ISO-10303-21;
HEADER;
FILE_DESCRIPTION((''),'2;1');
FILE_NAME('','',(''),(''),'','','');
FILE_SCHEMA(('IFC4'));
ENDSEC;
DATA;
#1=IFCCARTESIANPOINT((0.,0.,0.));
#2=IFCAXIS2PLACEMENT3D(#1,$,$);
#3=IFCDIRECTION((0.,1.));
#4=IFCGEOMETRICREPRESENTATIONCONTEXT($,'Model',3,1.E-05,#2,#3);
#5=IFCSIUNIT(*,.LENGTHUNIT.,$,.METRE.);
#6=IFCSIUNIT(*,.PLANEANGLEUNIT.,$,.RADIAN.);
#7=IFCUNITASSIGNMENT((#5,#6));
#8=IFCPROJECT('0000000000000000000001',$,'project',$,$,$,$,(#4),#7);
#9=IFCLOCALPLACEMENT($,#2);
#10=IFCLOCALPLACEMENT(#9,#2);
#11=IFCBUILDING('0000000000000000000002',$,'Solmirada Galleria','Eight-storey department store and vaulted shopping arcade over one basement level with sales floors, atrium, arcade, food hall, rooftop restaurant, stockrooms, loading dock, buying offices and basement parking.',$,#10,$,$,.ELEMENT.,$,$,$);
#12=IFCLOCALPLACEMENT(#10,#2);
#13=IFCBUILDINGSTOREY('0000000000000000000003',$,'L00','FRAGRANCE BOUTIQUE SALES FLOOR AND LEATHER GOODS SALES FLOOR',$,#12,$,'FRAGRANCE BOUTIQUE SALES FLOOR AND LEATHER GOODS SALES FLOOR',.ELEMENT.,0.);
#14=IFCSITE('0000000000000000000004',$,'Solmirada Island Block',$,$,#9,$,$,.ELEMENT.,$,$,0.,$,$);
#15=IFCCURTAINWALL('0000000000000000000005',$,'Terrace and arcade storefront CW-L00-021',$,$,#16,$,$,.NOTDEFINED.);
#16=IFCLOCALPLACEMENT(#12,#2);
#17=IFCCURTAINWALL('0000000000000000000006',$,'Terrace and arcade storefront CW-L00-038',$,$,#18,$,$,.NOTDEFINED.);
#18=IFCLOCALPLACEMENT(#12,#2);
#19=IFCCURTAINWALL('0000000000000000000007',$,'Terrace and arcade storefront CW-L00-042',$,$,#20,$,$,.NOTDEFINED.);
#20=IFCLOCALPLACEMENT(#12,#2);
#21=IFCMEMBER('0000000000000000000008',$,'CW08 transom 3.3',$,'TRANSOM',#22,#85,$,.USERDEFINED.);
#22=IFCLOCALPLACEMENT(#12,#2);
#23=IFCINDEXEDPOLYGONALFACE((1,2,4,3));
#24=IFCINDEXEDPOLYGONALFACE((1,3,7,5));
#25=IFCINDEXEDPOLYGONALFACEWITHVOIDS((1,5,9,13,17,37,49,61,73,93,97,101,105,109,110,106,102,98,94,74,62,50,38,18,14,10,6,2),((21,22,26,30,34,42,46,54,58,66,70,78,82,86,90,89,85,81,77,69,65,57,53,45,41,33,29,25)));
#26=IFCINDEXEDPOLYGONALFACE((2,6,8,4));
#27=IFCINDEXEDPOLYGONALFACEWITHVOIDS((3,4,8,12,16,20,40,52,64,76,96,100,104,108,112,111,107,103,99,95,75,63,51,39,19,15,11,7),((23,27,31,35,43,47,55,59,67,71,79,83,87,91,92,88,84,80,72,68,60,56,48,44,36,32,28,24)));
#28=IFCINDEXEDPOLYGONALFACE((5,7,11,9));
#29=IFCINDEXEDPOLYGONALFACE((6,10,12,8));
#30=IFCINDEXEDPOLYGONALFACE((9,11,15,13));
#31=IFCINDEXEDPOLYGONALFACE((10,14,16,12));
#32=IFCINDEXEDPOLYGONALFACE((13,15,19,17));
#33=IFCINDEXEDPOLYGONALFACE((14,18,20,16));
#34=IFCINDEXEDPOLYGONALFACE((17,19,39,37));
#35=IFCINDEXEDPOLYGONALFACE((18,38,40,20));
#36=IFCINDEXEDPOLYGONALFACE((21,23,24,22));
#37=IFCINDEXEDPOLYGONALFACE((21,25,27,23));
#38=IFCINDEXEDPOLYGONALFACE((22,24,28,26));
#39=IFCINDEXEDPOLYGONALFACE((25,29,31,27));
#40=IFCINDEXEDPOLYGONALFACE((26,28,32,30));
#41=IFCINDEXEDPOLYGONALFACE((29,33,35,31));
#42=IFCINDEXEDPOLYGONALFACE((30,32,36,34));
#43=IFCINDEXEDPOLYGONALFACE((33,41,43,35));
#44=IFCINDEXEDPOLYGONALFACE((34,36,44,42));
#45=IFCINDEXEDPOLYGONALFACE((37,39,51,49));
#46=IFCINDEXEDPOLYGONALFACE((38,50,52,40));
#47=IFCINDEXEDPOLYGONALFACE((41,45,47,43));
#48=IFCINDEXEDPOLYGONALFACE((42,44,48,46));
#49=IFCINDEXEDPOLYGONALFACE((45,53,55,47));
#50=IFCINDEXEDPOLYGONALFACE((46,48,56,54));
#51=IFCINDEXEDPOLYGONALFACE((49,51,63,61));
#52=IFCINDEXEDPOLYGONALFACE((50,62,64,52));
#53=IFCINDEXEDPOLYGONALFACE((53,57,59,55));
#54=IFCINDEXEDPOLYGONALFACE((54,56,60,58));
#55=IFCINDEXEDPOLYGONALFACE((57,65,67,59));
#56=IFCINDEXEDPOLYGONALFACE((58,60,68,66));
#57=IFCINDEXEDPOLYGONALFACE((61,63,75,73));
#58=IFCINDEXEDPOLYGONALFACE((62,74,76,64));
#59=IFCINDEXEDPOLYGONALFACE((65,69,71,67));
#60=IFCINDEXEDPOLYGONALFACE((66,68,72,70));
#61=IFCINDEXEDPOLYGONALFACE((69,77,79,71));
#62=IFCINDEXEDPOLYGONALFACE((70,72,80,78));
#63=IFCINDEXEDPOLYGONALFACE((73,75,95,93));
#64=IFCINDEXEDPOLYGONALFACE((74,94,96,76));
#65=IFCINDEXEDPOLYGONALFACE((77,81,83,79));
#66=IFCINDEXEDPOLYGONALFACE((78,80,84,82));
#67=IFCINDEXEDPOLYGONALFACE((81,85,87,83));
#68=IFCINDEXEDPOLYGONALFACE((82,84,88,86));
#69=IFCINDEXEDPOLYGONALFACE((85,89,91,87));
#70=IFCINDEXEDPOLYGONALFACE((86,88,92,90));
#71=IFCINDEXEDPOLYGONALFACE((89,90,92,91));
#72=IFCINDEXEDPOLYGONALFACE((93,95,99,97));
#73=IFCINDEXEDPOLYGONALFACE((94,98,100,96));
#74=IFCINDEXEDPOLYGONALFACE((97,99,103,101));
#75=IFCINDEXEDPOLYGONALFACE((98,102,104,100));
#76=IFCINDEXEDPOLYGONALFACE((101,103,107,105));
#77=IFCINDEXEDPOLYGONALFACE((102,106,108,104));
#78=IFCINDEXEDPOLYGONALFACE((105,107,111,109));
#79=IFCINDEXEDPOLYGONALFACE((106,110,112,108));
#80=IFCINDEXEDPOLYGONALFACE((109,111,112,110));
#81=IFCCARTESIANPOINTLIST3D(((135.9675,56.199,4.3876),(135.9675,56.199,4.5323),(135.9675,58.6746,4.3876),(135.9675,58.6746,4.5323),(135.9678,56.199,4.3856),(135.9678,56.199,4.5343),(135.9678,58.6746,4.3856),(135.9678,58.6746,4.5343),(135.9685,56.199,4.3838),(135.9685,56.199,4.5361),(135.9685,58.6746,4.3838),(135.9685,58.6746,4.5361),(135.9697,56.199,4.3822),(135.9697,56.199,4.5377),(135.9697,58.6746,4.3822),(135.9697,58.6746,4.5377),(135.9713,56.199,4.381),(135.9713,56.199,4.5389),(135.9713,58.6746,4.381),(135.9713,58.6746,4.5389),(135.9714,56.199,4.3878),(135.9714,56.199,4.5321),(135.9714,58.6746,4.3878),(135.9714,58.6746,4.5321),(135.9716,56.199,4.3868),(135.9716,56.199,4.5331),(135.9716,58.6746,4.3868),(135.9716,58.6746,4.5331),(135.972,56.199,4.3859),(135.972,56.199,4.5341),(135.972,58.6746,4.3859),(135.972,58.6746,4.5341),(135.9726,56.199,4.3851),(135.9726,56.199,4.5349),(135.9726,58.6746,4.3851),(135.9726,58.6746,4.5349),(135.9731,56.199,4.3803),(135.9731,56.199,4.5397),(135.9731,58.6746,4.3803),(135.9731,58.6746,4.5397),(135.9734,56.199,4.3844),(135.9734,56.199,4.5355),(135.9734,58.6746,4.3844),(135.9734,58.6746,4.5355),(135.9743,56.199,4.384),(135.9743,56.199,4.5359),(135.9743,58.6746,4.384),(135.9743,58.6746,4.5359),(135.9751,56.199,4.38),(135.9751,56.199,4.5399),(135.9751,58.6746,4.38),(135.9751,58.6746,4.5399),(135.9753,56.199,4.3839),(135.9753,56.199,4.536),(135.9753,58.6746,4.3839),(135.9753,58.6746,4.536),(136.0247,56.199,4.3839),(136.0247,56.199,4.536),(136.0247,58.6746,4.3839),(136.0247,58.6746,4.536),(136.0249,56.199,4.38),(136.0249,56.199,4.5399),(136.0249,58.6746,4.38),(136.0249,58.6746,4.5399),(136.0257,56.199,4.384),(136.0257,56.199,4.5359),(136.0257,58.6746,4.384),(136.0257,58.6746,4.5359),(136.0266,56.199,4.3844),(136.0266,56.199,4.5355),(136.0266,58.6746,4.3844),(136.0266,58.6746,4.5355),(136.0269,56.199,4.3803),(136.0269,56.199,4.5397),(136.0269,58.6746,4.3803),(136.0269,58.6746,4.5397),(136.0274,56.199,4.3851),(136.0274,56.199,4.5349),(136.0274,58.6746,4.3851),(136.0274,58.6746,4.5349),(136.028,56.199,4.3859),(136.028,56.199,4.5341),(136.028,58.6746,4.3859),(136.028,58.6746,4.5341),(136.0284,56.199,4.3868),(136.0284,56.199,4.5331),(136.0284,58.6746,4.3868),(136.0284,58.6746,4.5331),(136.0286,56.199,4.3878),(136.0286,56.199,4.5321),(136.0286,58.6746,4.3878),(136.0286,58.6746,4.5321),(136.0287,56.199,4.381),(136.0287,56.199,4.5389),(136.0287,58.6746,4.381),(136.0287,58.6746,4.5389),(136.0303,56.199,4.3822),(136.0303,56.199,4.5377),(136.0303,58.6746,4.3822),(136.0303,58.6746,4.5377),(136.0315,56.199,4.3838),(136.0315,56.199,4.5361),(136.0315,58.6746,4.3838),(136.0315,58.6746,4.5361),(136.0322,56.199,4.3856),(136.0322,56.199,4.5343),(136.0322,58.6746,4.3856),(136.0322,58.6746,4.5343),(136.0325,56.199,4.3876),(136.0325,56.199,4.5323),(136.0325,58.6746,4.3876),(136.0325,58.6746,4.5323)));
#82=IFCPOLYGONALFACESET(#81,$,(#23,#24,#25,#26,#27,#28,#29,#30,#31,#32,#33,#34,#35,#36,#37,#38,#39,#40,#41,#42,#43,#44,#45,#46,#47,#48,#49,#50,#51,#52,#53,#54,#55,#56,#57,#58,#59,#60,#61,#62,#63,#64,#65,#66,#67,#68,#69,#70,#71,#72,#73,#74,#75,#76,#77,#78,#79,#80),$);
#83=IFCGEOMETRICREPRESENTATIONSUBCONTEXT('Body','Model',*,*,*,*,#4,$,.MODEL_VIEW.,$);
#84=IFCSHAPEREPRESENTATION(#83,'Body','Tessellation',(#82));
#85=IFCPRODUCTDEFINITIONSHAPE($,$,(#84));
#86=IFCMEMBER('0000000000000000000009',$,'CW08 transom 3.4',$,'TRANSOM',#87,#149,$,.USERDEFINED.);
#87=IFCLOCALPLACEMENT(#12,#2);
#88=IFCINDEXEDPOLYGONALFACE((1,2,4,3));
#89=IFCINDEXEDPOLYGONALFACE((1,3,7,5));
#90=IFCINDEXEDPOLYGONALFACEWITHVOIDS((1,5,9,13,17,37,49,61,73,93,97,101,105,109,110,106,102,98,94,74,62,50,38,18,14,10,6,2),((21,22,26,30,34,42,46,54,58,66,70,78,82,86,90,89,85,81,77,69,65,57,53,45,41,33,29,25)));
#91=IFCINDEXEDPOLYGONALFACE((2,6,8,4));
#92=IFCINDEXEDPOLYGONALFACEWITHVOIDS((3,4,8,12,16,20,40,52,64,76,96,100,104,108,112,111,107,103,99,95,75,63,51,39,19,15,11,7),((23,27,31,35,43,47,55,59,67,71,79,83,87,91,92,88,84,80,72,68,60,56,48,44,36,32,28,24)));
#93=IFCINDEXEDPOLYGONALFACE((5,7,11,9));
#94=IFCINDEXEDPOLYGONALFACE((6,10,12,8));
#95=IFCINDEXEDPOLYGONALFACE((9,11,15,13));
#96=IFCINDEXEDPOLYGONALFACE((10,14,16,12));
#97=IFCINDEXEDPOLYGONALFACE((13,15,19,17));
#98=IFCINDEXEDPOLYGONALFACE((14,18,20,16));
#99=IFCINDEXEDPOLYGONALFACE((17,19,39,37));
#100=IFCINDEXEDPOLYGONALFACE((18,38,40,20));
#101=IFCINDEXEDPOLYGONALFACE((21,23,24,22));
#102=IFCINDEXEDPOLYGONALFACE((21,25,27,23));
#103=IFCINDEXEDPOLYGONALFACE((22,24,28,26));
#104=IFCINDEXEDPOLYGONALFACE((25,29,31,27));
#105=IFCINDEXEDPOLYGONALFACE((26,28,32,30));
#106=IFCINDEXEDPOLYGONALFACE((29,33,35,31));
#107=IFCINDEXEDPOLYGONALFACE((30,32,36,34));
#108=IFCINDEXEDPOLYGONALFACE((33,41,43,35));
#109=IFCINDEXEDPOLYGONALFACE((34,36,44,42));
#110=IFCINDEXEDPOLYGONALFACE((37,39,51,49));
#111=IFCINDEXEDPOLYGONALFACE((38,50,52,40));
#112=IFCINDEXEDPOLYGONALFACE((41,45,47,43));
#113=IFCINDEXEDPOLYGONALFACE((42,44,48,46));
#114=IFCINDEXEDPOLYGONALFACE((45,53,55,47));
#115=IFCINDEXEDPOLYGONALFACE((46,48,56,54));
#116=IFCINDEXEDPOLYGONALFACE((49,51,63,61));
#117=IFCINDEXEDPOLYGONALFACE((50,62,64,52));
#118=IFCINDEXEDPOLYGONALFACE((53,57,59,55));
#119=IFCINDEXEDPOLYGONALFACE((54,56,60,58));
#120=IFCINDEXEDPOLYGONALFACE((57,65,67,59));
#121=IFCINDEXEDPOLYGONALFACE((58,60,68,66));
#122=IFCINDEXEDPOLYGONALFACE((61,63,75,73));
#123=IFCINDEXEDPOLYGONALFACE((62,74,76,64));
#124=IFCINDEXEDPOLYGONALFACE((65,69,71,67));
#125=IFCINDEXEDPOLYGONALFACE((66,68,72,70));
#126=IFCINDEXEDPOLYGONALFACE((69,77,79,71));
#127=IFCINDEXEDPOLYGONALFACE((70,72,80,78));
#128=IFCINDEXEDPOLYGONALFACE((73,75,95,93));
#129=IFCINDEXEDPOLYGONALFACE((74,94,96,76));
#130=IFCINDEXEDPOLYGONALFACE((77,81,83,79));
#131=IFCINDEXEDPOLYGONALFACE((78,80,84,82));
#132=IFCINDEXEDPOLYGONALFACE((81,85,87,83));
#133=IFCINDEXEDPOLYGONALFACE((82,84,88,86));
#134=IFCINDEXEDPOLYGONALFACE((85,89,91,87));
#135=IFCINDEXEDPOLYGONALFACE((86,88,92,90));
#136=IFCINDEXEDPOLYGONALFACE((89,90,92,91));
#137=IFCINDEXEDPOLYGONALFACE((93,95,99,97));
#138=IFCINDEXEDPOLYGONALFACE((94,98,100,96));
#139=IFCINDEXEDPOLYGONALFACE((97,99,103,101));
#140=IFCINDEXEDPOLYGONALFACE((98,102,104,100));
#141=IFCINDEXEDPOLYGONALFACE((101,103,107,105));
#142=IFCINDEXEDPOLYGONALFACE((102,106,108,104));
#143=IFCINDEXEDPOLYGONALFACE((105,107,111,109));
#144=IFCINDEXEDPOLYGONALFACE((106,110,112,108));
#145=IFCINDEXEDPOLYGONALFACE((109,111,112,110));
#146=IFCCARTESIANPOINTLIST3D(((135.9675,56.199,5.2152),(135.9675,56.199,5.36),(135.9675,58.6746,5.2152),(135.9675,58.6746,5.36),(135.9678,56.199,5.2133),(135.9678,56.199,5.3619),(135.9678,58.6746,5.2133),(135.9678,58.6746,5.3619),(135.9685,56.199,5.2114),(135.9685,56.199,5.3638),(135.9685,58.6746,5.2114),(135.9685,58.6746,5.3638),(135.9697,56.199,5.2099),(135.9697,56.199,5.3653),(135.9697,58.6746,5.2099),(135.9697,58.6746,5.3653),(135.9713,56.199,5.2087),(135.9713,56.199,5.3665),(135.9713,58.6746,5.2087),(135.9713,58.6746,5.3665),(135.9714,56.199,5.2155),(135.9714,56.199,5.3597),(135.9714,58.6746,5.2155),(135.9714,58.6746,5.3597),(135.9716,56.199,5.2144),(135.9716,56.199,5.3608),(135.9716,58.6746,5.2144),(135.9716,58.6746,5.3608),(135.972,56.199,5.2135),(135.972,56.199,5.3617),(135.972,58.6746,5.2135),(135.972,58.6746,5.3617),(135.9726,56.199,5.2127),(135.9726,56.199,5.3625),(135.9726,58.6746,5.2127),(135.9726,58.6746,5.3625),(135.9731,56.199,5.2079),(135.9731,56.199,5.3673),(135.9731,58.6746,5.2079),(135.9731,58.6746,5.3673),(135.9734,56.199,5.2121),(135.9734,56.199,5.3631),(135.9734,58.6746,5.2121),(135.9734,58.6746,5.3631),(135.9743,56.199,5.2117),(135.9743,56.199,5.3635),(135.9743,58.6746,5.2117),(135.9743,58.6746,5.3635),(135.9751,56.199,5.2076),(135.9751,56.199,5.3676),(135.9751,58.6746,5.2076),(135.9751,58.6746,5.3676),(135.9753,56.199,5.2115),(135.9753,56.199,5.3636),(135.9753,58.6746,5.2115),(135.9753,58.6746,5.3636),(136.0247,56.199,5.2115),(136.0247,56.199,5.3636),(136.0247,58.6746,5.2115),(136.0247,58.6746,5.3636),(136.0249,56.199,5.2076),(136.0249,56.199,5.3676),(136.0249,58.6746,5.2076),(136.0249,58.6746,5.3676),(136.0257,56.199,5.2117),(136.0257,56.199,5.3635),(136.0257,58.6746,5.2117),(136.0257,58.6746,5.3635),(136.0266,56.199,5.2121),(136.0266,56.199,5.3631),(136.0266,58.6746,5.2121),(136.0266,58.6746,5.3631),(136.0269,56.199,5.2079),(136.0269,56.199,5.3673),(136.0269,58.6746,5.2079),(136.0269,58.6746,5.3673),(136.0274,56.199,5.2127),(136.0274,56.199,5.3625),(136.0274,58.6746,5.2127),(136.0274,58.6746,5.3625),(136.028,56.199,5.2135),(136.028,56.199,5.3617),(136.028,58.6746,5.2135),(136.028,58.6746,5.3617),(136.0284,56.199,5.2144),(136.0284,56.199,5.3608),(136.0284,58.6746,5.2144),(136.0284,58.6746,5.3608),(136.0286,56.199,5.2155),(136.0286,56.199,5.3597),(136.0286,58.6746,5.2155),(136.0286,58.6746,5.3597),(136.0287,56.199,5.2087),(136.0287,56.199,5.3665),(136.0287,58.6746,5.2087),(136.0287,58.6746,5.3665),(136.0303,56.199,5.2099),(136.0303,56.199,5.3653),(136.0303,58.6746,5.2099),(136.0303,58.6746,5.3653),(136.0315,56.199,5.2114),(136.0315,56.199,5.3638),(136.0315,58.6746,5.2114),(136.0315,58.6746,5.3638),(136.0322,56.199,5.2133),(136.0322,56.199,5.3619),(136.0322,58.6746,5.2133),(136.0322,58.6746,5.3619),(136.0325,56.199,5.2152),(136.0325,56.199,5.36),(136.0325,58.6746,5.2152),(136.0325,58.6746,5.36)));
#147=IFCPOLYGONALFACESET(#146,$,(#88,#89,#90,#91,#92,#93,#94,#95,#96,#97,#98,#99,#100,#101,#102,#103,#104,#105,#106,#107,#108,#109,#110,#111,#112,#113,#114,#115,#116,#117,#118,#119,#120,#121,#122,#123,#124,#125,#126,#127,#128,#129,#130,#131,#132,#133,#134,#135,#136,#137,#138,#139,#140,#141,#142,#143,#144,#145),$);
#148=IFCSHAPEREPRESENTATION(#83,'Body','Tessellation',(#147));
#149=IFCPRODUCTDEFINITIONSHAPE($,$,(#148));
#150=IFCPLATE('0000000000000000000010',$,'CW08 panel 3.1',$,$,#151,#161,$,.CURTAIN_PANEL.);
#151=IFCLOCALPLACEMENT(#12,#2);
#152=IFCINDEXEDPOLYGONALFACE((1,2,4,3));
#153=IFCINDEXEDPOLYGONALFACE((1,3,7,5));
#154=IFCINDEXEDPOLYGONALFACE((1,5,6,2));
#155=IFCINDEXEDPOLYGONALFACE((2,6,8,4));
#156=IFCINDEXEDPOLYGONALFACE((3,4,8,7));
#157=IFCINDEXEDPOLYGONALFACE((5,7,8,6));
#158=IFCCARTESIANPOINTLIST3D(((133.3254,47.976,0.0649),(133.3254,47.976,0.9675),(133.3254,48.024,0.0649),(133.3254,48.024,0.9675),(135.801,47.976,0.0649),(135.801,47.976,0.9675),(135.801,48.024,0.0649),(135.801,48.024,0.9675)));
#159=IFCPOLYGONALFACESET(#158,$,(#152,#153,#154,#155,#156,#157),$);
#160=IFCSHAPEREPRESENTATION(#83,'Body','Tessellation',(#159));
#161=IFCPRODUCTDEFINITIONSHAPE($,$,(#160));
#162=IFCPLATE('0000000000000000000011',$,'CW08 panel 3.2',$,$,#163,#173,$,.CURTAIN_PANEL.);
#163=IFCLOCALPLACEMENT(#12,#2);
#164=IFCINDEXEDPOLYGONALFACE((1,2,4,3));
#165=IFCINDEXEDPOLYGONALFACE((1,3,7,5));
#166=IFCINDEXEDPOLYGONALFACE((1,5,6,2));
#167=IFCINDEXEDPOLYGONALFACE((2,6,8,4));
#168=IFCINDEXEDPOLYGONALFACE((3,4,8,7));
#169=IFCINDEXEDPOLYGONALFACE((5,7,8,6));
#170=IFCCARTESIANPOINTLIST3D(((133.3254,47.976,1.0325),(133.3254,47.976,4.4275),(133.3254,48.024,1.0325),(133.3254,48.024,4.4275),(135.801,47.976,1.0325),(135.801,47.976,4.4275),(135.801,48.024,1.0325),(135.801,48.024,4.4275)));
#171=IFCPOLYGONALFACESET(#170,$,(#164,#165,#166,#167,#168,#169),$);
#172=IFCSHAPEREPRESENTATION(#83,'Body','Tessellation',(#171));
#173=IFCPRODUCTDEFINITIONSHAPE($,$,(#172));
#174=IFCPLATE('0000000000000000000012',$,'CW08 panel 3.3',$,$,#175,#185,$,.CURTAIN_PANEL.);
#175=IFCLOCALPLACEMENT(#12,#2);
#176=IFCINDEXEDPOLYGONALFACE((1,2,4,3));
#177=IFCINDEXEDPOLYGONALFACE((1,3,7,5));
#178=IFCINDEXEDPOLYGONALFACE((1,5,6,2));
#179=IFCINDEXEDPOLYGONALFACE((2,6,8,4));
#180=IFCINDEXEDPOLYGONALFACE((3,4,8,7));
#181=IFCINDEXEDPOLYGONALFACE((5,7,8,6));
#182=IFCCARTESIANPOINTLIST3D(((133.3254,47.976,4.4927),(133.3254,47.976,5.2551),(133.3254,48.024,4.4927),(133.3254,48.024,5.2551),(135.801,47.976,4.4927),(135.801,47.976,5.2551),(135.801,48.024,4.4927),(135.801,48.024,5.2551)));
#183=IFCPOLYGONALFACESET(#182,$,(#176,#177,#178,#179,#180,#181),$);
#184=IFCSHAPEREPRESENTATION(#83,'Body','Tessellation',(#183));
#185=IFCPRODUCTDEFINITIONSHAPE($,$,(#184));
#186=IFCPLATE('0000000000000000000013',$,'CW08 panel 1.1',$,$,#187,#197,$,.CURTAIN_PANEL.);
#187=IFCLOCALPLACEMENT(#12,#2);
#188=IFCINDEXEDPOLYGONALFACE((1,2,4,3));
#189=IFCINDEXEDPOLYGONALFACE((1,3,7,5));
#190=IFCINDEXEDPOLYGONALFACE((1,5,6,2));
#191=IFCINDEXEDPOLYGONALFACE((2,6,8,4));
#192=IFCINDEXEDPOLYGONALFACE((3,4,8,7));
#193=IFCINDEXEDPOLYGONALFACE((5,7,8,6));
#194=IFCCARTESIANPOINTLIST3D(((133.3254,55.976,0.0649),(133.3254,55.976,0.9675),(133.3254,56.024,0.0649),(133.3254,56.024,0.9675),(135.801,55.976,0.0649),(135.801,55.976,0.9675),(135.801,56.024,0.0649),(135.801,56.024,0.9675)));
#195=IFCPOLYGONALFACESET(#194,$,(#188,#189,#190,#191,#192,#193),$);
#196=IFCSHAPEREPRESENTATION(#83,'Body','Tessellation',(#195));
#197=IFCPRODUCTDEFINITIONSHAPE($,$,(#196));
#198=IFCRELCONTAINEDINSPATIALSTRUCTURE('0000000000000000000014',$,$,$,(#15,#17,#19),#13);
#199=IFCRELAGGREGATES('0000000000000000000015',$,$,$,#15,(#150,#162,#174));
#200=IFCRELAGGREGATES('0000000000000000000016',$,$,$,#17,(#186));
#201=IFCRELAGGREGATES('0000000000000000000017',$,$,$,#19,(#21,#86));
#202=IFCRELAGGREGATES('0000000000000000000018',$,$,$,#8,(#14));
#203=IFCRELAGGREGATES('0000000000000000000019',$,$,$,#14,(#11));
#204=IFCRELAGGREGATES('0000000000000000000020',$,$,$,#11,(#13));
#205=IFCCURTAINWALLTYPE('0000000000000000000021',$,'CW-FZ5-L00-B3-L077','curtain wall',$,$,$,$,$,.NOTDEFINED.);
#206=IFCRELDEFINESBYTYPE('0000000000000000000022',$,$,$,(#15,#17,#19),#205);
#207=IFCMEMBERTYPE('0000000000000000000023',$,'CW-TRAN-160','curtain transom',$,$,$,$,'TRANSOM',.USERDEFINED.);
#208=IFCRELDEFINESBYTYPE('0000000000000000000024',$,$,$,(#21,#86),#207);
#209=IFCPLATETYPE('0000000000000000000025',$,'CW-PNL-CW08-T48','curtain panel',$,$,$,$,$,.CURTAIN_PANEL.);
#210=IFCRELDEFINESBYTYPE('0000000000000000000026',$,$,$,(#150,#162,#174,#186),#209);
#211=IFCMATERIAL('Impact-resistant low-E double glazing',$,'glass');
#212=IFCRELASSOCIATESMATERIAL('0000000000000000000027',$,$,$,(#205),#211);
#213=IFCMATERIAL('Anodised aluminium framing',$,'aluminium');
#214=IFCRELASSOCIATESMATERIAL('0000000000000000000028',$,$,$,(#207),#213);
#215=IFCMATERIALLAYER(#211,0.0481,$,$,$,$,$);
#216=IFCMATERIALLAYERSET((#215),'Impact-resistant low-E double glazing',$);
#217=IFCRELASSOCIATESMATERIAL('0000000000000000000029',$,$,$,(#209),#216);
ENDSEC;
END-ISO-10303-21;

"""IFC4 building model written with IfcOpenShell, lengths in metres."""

from ifc_helpers import new_model, si_unit, direction, frame, origin, origin_2d, place, context, subcontext, project, spatial, rectangle, hollow_rectangle, extrude, material, layer, layer_set, material_profile, profile_set, type_object, element, aggregate, save


model = new_model("IFC4")

# Units and contexts
model_context = context("Model", 3, precision=1e-05, world=origin(), true_north=direction((0.0, 1.0)))
body_context = subcontext(model_context, "Body", "Model", "MODEL_VIEW")
ifc_project = project(units=[si_unit("LENGTHUNIT", "METRE"), si_unit("PLANEANGLEUNIT", "RADIAN")], contexts=[model_context])

# Site, building, storey
site_placement = place(None, origin())
site = spatial("IfcSite", under=ifc_project, at=site_placement, Name="Solmirada Island Block", CompositionType="ELEMENT", RefElevation=0.0)
building_placement = place(site_placement, origin())
building = spatial("IfcBuilding", under=site, at=building_placement, Name="Solmirada Galleria", Description="Eight-storey department store and vaulted shopping arcade over one basement level with sales floors, atrium, arcade, food hall, rooftop restaurant, stockrooms, loading dock, buying offices and basement parking.", CompositionType="ELEMENT")
storey_placement = place(building_placement, origin())
storey = spatial("IfcBuildingStorey", under=building, at=storey_placement, Name="L00", Description="FRAGRANCE BOUTIQUE SALES FLOOR AND LEATHER GOODS SALES FLOOR", LongName="FRAGRANCE BOUTIQUE SALES FLOOR AND LEATHER GOODS SALES FLOOR", CompositionType="ELEMENT", Elevation=0.0)

# Curtain walls
ifc_material_1 = material(Name="Impact-resistant low-E double glazing", Category="glass")
curtain_wall_type = type_object("IfcCurtainWallType", Name="CW-FZ5-L00-B3-L077", Description="curtain wall", PredefinedType="NOTDEFINED", material=ifc_material_1)
curtain_wall_1_placement = place(storey_placement, origin())
curtain_wall_1 = element("IfcCurtainWall", 1, at=curtain_wall_1_placement, inside=storey, type_object=curtain_wall_type, Name="Terrace and arcade storefront CW-L00-021", PredefinedType="NOTDEFINED")
ifc_material_2 = material(Name="Anodised aluminium framing", Category="aluminium")
curtain_wall_2_placement = place(storey_placement, origin())
curtain_wall_2 = element("IfcCurtainWall", 2, at=curtain_wall_2_placement, inside=storey, type_object=curtain_wall_type, Name="Terrace and arcade storefront CW-L00-038", PredefinedType="NOTDEFINED")
curtain_wall_3_placement = place(storey_placement, origin())
curtain_wall_3 = element("IfcCurtainWall", 3, at=curtain_wall_3_placement, inside=storey, type_object=curtain_wall_type, Name="Terrace and arcade storefront CW-L00-042", PredefinedType="NOTDEFINED")

# Members
ifc_material_profile_1 = material_profile(ifc_material_2, hollow_rectangle(XDim=0.0649, YDim=0.1599, WallThickness=0.0039, InnerFilletRadius=0.0039, OuterFilletRadius=0.0076, at=origin_2d()), Name="ALU-TRAN-160X65")
ifc_profile_set_1 = profile_set([ifc_material_profile_1], Name="Anodised aluminium framing")
member_type_1 = type_object("IfcMemberType", Name="CW-TRAN-160", Description="curtain transom", ElementType="TRANSOM", PredefinedType="USERDEFINED", material=ifc_profile_set_1)
member_1_placement = place(storey_placement, frame((136.0, 58.6746, 4.46), z_axis=(0.0, -1.0, 0.0), x_axis=(1.0, 0.0, 0.0)))
member_1 = element("IfcMember", 4, at=member_1_placement, type_object=member_type_1, Name="CW08 transom 3.3", ObjectType="TRANSOM", PredefinedType="USERDEFINED", context=body_context, shape_type="SweptSolid", body=[
    extrude(hollow_rectangle(XDim=0.0649, YDim=0.1599, WallThickness=0.0039, InnerFilletRadius=0.0039, OuterFilletRadius=0.0076, at=origin_2d()), origin(), (0.0, 0.0, 1.0), 2.4756),
])
member_2_placement = place(storey_placement, frame((136.0, 58.6746, 5.2876), z_axis=(0.0, -1.0, 0.0), x_axis=(1.0, 0.0, 0.0)))
member_2 = element("IfcMember", 5, at=member_2_placement, type_object=member_type_1, Name="CW08 transom 3.4", ObjectType="TRANSOM", PredefinedType="USERDEFINED", context=body_context, shape_type="SweptSolid", body=[
    extrude(hollow_rectangle(XDim=0.0649, YDim=0.1599, WallThickness=0.0039, InnerFilletRadius=0.0039, OuterFilletRadius=0.0076, at=origin_2d()), origin(), (0.0, 0.0, 1.0), 2.4756),
])

# Plates
ifc_layer_1 = layer(ifc_material_1, 0.0481)
ifc_layer_set_1 = layer_set([ifc_layer_1], Name="Impact-resistant low-E double glazing")
plate_type = type_object("IfcPlateType", Name="CW-PNL-CW08-T48", Description="curtain panel", PredefinedType="CURTAIN_PANEL", material=ifc_layer_set_1)
plate_1_placement = place(storey_placement, frame((134.5632, 48.0, 0.0649), z_axis=(0.0, 0.0, 1.0), x_axis=(1.0, 0.0, 0.0)))
plate_1 = element("IfcPlate", 6, at=plate_1_placement, type_object=plate_type, Name="CW08 panel 3.1", PredefinedType="CURTAIN_PANEL", context=body_context, shape_type="SweptSolid", body=[
    extrude(rectangle(XDim=2.4756, YDim=0.0481, at=origin_2d()), origin(), (0.0, 0.0, 1.0), 0.9026),
])
plate_2_placement = place(storey_placement, frame((134.5632, 48.0, 1.0325), z_axis=(0.0, 0.0, 1.0), x_axis=(1.0, 0.0, 0.0)))
plate_2 = element("IfcPlate", 7, at=plate_2_placement, type_object=plate_type, Name="CW08 panel 3.2", PredefinedType="CURTAIN_PANEL", context=body_context, shape_type="SweptSolid", body=[
    extrude(rectangle(XDim=2.4756, YDim=0.0481, at=origin_2d()), origin(), (0.0, 0.0, 1.0), 3.395),
])
plate_3_placement = place(storey_placement, frame((134.5632, 48.0, 4.4927), z_axis=(0.0, 0.0, 1.0), x_axis=(1.0, 0.0, 0.0)))
plate_3 = element("IfcPlate", 8, at=plate_3_placement, type_object=plate_type, Name="CW08 panel 3.3", PredefinedType="CURTAIN_PANEL", context=body_context, shape_type="SweptSolid", body=[
    extrude(rectangle(XDim=2.4756, YDim=0.0481, at=origin_2d()), origin(), (0.0, 0.0, 1.0), 0.7625),
])
aggregate(curtain_wall_1, [plate_1, plate_2, plate_3])
plate_4_placement = place(storey_placement, frame((134.5632, 56.0, 0.0649), z_axis=(0.0, 0.0, 1.0), x_axis=(-1.0, 0.0, 0.0)))
plate_4 = element("IfcPlate", 9, at=plate_4_placement, type_object=plate_type, Name="CW08 panel 1.1", PredefinedType="CURTAIN_PANEL", context=body_context, shape_type="SweptSolid", body=[
    extrude(rectangle(XDim=2.4756, YDim=0.0481, at=origin_2d()), origin(), (0.0, 0.0, 1.0), 0.9026),
])
aggregate(curtain_wall_2, [plate_4])
aggregate(curtain_wall_3, [member_1, member_2])

save(model, "model.ifc")
